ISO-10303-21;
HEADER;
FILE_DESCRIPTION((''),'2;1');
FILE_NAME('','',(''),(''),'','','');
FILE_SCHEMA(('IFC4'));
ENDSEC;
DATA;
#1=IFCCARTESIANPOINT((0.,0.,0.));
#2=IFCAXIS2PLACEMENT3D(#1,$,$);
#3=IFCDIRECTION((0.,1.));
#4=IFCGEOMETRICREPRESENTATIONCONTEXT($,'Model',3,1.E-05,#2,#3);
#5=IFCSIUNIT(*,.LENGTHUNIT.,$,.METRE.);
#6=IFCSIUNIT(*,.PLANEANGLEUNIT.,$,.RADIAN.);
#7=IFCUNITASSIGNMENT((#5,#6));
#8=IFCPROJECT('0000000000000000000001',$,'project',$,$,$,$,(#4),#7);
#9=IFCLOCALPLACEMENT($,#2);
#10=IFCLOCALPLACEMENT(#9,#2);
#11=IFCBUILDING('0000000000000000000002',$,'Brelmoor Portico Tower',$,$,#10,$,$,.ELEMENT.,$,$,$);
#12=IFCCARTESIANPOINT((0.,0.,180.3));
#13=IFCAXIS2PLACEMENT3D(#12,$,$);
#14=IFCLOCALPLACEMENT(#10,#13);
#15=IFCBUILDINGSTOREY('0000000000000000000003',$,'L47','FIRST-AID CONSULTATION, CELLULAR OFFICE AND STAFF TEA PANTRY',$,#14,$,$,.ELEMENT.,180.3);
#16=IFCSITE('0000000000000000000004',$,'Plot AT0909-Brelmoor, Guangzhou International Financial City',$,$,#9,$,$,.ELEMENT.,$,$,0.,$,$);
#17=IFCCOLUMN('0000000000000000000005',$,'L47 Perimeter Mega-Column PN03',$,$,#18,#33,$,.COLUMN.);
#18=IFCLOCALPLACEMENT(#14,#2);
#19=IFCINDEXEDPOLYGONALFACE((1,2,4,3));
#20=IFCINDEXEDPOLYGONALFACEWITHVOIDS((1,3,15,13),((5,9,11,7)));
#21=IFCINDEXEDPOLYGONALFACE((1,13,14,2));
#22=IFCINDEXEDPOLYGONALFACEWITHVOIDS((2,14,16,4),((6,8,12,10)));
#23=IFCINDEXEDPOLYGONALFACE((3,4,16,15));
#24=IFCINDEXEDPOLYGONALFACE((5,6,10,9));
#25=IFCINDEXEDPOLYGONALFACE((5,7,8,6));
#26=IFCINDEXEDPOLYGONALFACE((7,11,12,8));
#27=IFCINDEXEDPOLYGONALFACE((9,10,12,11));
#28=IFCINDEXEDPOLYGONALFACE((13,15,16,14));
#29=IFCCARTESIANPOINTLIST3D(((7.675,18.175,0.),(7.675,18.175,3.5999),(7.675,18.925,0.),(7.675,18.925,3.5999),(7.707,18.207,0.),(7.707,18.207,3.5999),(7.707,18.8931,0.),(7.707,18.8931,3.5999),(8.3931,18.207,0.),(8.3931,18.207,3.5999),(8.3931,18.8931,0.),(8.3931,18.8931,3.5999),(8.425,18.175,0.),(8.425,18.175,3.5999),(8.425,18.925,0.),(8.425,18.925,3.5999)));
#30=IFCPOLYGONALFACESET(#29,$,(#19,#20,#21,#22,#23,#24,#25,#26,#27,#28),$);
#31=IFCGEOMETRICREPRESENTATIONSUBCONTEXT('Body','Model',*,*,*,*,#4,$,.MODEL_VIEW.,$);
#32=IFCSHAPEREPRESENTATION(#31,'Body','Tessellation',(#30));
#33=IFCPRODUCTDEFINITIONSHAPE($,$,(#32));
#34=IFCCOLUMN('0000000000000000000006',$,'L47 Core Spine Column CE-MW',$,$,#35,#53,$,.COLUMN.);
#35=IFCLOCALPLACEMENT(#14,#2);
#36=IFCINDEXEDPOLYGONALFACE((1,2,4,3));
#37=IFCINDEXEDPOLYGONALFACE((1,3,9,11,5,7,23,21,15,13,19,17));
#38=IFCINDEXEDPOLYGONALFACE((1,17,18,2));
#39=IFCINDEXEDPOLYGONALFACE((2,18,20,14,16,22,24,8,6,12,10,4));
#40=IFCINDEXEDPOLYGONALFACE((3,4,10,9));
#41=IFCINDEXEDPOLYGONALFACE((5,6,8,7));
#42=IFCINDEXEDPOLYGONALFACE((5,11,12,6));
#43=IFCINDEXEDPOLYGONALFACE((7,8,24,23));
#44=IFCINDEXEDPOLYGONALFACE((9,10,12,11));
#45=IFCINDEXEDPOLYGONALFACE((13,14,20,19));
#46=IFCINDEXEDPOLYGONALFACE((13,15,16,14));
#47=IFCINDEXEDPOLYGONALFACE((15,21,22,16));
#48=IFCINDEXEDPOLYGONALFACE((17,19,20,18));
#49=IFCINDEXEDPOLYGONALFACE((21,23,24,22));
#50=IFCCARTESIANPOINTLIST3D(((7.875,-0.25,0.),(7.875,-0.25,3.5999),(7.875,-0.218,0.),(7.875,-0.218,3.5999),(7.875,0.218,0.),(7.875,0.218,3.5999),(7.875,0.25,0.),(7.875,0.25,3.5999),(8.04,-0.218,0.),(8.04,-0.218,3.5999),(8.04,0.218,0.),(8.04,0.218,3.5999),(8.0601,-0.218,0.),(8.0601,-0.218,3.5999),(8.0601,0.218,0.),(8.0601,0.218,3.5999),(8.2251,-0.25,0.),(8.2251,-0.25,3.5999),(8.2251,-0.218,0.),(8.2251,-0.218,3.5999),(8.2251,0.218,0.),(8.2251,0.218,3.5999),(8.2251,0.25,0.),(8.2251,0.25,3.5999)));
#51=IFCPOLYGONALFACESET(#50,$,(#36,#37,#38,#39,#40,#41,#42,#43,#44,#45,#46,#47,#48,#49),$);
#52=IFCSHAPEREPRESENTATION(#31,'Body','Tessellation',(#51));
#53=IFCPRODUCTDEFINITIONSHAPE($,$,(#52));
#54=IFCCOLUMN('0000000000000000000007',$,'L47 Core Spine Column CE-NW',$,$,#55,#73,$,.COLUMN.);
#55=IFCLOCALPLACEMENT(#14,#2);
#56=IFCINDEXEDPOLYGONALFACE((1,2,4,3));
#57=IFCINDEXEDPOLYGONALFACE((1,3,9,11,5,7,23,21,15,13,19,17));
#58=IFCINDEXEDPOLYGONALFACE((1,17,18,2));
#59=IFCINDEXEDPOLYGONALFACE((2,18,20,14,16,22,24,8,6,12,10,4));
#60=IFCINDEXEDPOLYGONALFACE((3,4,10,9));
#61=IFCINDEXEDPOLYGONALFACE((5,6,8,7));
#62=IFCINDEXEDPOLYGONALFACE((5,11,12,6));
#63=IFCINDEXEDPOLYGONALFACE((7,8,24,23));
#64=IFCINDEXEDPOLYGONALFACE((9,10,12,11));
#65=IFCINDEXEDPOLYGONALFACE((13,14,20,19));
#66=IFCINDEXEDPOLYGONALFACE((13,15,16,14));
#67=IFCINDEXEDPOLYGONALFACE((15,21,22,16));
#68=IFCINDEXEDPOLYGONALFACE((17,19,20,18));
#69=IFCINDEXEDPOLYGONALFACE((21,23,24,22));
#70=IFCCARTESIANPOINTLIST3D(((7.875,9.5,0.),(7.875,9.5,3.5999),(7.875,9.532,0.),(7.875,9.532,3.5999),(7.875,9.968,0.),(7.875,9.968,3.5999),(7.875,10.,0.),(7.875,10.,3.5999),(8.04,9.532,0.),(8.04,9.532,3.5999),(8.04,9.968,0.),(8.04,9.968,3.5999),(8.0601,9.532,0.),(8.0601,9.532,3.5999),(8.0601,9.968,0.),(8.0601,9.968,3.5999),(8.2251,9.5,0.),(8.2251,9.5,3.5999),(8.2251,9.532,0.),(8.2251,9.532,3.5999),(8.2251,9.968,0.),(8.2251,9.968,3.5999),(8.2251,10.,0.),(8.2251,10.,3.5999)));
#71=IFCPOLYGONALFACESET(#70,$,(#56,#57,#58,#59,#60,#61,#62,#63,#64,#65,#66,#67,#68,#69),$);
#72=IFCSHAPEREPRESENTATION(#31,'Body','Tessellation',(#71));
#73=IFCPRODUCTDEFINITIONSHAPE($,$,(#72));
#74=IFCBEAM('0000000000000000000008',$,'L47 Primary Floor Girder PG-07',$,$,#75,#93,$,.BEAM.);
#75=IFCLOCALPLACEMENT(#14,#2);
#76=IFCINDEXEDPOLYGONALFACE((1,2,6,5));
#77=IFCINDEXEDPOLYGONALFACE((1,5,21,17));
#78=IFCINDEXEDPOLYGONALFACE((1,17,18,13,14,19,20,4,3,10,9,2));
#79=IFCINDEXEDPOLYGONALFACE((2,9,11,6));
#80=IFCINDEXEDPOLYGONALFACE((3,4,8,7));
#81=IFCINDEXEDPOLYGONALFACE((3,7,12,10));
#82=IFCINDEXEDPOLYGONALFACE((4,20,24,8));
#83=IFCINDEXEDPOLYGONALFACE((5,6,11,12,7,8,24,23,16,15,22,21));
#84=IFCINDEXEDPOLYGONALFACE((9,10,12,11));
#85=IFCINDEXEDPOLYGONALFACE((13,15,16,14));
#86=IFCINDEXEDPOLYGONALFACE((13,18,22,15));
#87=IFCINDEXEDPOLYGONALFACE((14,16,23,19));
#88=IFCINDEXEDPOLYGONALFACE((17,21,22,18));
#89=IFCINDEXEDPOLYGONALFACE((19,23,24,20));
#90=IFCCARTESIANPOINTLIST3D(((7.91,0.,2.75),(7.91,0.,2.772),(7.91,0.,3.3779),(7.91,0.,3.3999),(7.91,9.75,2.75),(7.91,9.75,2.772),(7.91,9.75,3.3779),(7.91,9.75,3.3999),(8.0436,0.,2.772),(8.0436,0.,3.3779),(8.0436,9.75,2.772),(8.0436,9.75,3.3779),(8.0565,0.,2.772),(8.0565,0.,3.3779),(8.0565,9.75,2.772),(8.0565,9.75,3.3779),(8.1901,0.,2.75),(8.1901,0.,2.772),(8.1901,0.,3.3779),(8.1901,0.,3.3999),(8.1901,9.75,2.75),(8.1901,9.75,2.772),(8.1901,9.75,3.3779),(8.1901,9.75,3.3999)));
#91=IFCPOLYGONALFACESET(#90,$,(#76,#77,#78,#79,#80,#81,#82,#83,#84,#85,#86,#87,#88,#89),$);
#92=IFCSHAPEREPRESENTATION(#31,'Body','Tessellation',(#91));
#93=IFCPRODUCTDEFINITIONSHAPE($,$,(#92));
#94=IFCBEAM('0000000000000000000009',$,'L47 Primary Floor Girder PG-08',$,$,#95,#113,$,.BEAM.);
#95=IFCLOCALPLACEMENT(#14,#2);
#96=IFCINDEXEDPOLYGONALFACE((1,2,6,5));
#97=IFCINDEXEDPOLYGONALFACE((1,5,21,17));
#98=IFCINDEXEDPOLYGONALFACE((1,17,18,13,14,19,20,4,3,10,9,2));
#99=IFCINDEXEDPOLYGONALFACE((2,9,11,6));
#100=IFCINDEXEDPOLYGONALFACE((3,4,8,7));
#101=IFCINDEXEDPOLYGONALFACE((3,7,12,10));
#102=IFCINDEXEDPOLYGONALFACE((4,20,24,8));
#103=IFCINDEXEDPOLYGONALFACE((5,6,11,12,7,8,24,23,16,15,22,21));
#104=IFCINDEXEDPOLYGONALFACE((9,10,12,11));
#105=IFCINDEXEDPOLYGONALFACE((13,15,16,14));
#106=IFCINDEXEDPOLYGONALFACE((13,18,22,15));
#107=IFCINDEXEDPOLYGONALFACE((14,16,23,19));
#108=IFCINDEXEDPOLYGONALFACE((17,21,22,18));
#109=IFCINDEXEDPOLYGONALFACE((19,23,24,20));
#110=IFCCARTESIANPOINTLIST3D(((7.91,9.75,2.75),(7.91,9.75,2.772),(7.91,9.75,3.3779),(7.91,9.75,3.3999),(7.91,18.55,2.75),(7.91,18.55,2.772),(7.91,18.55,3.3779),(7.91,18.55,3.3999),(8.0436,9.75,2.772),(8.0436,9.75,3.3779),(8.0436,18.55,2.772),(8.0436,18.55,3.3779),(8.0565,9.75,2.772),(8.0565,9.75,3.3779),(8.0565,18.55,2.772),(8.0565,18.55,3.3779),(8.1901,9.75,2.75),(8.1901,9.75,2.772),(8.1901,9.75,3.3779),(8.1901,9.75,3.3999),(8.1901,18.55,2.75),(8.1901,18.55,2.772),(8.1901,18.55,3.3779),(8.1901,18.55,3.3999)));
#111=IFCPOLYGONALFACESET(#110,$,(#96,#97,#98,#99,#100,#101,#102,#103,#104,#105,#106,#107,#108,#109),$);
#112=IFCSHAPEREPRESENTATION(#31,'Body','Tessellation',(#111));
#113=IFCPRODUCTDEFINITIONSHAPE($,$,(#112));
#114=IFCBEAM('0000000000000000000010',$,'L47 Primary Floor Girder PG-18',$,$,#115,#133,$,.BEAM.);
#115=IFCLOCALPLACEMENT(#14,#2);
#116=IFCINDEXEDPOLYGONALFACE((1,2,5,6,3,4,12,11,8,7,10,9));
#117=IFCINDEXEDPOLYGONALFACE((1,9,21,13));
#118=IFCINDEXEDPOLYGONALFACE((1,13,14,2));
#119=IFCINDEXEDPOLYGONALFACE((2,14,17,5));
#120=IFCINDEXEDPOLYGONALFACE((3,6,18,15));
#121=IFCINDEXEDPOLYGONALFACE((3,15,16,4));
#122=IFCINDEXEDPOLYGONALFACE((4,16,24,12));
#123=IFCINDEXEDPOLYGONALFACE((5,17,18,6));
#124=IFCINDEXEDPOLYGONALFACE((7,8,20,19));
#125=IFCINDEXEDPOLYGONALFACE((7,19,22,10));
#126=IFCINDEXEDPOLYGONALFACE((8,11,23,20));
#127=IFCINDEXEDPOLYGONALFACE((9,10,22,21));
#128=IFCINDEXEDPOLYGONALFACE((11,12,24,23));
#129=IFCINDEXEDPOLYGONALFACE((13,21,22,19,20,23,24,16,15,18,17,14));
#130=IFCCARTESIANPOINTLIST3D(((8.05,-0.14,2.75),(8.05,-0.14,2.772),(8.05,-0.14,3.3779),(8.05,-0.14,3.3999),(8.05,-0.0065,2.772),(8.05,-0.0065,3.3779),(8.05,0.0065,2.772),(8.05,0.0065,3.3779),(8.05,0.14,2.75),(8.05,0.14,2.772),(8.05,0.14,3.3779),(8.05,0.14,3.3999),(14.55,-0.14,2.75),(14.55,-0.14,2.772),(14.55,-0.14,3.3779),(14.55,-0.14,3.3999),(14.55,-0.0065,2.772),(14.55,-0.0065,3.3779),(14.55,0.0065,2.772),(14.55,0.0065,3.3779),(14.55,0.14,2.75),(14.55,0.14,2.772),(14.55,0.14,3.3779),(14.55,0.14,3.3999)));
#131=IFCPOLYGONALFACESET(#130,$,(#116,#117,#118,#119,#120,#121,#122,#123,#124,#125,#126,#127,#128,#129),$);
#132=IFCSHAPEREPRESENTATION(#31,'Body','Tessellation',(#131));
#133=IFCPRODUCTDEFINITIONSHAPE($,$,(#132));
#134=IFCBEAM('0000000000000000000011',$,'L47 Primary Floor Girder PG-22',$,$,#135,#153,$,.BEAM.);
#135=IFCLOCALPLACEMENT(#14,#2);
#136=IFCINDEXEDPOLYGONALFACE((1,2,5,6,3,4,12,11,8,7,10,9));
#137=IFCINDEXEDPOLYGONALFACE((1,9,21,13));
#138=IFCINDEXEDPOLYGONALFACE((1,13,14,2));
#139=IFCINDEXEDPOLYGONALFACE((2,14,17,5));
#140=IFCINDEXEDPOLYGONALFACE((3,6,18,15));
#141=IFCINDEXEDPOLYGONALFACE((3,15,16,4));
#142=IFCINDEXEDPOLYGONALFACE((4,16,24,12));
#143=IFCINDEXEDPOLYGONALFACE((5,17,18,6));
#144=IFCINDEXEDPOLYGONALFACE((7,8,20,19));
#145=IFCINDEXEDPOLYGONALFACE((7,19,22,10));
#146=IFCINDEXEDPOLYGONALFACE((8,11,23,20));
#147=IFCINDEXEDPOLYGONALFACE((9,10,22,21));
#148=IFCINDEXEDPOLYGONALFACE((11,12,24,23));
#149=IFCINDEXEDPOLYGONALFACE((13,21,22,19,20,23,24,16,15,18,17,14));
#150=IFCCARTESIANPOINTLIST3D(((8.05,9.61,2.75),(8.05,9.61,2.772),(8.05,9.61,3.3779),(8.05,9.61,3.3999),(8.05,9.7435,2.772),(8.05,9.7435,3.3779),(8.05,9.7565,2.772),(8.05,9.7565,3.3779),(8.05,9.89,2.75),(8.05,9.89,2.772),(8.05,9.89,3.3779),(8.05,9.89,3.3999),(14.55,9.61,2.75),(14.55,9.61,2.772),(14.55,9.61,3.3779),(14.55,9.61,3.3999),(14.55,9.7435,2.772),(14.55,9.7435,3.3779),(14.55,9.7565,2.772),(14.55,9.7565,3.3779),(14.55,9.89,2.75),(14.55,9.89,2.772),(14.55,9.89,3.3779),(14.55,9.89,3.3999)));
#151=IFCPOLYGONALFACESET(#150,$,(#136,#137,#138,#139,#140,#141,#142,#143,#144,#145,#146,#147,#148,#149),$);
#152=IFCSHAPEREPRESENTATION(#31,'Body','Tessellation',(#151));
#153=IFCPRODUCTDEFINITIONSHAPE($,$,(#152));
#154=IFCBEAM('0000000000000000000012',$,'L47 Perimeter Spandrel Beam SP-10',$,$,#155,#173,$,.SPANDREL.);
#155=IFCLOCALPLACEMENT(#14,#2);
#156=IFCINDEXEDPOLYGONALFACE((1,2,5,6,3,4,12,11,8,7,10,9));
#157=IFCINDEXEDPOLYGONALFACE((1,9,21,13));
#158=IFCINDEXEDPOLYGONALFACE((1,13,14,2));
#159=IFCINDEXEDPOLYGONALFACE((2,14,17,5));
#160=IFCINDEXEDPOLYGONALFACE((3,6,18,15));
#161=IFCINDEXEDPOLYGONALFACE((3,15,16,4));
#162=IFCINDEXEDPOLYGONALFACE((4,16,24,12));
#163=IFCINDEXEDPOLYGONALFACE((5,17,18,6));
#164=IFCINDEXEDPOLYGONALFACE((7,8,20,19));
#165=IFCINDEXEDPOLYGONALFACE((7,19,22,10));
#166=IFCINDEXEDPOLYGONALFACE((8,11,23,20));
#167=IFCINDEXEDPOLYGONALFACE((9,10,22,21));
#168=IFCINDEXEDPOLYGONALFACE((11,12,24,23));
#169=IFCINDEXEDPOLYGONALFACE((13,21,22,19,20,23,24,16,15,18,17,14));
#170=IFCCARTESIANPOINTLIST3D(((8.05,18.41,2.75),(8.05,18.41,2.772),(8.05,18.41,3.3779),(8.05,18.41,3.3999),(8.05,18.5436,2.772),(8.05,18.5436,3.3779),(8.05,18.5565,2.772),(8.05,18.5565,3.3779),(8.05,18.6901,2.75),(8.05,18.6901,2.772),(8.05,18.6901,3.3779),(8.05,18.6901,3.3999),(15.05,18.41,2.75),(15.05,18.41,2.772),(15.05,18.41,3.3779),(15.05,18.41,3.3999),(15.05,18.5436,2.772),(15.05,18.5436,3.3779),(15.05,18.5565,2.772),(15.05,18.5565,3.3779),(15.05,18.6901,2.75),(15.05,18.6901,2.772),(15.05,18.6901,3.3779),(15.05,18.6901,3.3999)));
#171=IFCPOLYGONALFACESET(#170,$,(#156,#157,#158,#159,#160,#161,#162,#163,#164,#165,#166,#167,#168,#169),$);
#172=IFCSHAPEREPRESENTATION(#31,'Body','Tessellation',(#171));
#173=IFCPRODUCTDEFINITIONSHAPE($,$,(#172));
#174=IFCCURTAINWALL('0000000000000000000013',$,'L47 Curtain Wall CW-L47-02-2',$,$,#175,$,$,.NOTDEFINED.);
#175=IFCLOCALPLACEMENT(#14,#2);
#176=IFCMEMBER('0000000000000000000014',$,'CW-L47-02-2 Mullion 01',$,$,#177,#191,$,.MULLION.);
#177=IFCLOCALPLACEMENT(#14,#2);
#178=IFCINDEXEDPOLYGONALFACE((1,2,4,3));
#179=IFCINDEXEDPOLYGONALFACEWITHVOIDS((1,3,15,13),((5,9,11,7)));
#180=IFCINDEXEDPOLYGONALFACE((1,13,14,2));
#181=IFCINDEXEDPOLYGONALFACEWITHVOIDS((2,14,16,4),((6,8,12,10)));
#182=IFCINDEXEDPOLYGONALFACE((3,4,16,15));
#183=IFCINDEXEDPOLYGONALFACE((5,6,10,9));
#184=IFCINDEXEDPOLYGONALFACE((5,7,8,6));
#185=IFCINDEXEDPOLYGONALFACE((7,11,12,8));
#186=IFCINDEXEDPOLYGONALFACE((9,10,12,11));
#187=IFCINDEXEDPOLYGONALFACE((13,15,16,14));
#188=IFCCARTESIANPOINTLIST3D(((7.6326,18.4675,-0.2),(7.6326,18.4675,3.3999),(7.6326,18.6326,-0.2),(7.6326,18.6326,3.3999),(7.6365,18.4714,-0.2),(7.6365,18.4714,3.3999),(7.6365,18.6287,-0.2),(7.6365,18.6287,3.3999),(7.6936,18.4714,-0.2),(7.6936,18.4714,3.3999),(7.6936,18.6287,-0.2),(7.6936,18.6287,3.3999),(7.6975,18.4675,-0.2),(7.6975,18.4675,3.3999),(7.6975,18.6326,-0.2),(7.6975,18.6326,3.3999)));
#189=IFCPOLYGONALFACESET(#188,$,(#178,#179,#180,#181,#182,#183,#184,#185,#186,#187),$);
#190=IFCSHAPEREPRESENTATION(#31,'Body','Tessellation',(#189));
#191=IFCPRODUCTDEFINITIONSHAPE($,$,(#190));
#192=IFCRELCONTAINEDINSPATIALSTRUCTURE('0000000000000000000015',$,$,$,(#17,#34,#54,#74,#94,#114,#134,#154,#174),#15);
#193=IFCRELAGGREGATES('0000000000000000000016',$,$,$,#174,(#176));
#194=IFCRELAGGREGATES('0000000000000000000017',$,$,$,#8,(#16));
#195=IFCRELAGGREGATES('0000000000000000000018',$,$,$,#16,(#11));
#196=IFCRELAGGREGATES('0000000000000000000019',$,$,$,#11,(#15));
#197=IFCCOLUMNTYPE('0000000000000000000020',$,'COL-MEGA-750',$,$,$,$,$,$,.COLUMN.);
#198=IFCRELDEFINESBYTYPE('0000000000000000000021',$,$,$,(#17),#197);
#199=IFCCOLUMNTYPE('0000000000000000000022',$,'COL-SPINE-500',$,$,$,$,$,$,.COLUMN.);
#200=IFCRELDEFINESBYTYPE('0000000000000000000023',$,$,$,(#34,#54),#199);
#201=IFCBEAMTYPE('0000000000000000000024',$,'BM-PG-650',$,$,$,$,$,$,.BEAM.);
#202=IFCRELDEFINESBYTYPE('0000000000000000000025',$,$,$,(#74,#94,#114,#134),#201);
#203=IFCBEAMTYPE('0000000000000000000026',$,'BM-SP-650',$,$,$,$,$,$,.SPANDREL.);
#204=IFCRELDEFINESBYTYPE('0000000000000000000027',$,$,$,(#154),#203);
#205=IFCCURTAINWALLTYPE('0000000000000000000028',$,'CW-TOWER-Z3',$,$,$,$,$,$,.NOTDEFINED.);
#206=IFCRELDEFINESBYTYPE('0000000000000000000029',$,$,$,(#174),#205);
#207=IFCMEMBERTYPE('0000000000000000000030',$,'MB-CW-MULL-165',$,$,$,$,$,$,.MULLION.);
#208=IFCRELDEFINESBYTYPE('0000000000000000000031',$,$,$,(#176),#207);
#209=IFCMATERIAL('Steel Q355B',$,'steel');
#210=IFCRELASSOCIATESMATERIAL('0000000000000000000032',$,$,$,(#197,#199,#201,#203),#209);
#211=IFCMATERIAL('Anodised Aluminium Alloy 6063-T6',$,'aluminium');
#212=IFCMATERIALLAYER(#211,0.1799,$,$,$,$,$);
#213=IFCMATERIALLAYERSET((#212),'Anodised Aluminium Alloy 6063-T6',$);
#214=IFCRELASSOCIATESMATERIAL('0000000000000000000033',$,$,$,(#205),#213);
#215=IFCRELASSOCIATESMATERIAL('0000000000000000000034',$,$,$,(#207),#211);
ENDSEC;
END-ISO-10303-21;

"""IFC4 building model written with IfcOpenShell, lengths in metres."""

from ifc_helpers import new_model, si_unit, direction, frame, origin, origin_2d, place, context, subcontext, project, spatial, hollow_rectangle, i_section, extrude, material, layer, layer_set, material_profile, profile_set, type_object, element, aggregate, save


model = new_model("IFC4")

# Units and contexts
model_context = context("Model", 3, precision=1e-05, world=origin(), true_north=direction((0.0, 1.0)))
body_context = subcontext(model_context, "Body", "Model", "MODEL_VIEW")
ifc_project = project(units=[si_unit("LENGTHUNIT", "METRE"), si_unit("PLANEANGLEUNIT", "RADIAN")], contexts=[model_context])

# Site, building, storey
site_placement = place(None, origin())
site = spatial("IfcSite", under=ifc_project, at=site_placement, Name="Plot AT0909-Brelmoor, Guangzhou International Financial City", CompositionType="ELEMENT", RefElevation=0.0)
building_placement = place(site_placement, origin())
building = spatial("IfcBuilding", under=site, at=building_placement, Name="Brelmoor Portico Tower", CompositionType="ELEMENT")
storey_placement = place(building_placement, frame((0.0, 0.0, 180.3)))
storey = spatial("IfcBuildingStorey", under=building, at=storey_placement, Name="L47", Description="FIRST-AID CONSULTATION, CELLULAR OFFICE AND STAFF TEA PANTRY", CompositionType="ELEMENT", Elevation=180.3)

# Columns
ifc_material_1 = material(Name="Steel Q355B", Category="steel")
ifc_material_profile_1 = material_profile(ifc_material_1, hollow_rectangle(XDim=0.75, YDim=0.75, WallThickness=0.032, at=origin_2d()), Name="BOX 750x750x32")
ifc_profile_set_1 = profile_set([ifc_material_profile_1], Name="Steel Q355B")
column_type_1 = type_object("IfcColumnType", Name="COL-MEGA-750", PredefinedType="COLUMN", material=ifc_profile_set_1)
column_placement = place(storey_placement, frame((8.05, 18.55, 0.0), z_axis=(0.0, 0.0, 1.0), x_axis=(1.0, 0.0, 0.0)))
element("IfcColumn", 1, at=column_placement, inside=storey, type_object=column_type_1, Name="L47 Perimeter Mega-Column PN03", PredefinedType="COLUMN", context=body_context, shape_type="SweptSolid", body=[
    extrude(hollow_rectangle(XDim=0.75, YDim=0.75, WallThickness=0.032, at=origin_2d()), origin(), (0.0, 0.0, 1.0), 3.5999),
])
ifc_material_profile_2 = material_profile(ifc_material_1, i_section(OverallWidth=0.3501, OverallDepth=0.5, WebThickness=0.02, FlangeThickness=0.032, at=origin_2d()), Name="HW 500x350x20x32")
ifc_profile_set_2 = profile_set([ifc_material_profile_2], Name="Steel Q355B")
column_type_2 = type_object("IfcColumnType", Name="COL-SPINE-500", PredefinedType="COLUMN", material=ifc_profile_set_2)
for number, where, z_axis, x_axis, name in (
    (2, (8.05, 0.0, 0.0), (0.0, 0.0, 1.0), (1.0, 0.0, 0.0), "L47 Core Spine Column CE-MW"),
    (3, (8.05, 9.75, 0.0), (0.0, 0.0, 1.0), (1.0, 0.0, 0.0), "L47 Core Spine Column CE-NW"),
):
    element("IfcColumn", number, at=place(storey_placement, frame(where, z_axis=z_axis, x_axis=x_axis)), inside=storey, type_object=column_type_2, Name=name, PredefinedType="COLUMN", context=body_context, shape_type="SweptSolid", body=[
        extrude(i_section(OverallWidth=0.3501, OverallDepth=0.5, WebThickness=0.02, FlangeThickness=0.032, at=origin_2d()), origin(), (0.0, 0.0, 1.0), 3.5999),
    ])

# Beams
ifc_material_profile_3 = material_profile(ifc_material_1, i_section(OverallWidth=0.28, OverallDepth=0.6499, WebThickness=0.0129, FlangeThickness=0.022, at=origin_2d()), Name="HN 650x280x13x22")
ifc_profile_set_3 = profile_set([ifc_material_profile_3], Name="Steel Q355B")
beam_type_1 = type_object("IfcBeamType", Name="BM-PG-650", PredefinedType="BEAM", material=ifc_profile_set_3)
beam_1_placement = place(storey_placement, frame((8.05, 0.0, 3.075), z_axis=(0.0, 1.0, 0.0), x_axis=(-1.0, 0.0, 0.0)))
element("IfcBeam", 4, at=beam_1_placement, inside=storey, type_object=beam_type_1, Name="L47 Primary Floor Girder PG-07", PredefinedType="BEAM", context=body_context, shape_type="SweptSolid", body=[
    extrude(i_section(OverallWidth=0.28, OverallDepth=0.6499, WebThickness=0.0129, FlangeThickness=0.022, at=origin_2d()), origin(), (0.0, 0.0, 1.0), 9.75),
])
beam_2_placement = place(storey_placement, frame((8.05, 9.75, 3.075), z_axis=(0.0, 1.0, 0.0), x_axis=(-1.0, 0.0, 0.0)))
element("IfcBeam", 5, at=beam_2_placement, inside=storey, type_object=beam_type_1, Name="L47 Primary Floor Girder PG-08", PredefinedType="BEAM", context=body_context, shape_type="SweptSolid", body=[
    extrude(i_section(OverallWidth=0.28, OverallDepth=0.6499, WebThickness=0.0129, FlangeThickness=0.022, at=origin_2d()), origin(), (0.0, 0.0, 1.0), 8.8),
])
for number, where, z_axis, x_axis, name in (
    (6, (8.05, 0.0, 3.075), (1.0, 0.0, 0.0), (0.0, 1.0, 0.0), "L47 Primary Floor Girder PG-18"),
    (7, (8.05, 9.75, 3.075), (1.0, 0.0, 0.0), (0.0, 1.0, 0.0), "L47 Primary Floor Girder PG-22"),
):
    element("IfcBeam", number, at=place(storey_placement, frame(where, z_axis=z_axis, x_axis=x_axis)), inside=storey, type_object=beam_type_1, Name=name, PredefinedType="BEAM", context=body_context, shape_type="SweptSolid", body=[
        extrude(i_section(OverallWidth=0.28, OverallDepth=0.6499, WebThickness=0.0129, FlangeThickness=0.022, at=origin_2d()), origin(), (0.0, 0.0, 1.0), 6.5),
    ])
ifc_material_profile_4 = material_profile(ifc_material_1, i_section(OverallWidth=0.28, OverallDepth=0.6499, WebThickness=0.0129, FlangeThickness=0.022, at=origin_2d()), Name="HN 650x280x13x22")
ifc_profile_set_4 = profile_set([ifc_material_profile_4], Name="Steel Q355B")
beam_type_2 = type_object("IfcBeamType", Name="BM-SP-650", PredefinedType="SPANDREL", material=ifc_profile_set_4)
beam_3_placement = place(storey_placement, frame((8.05, 18.55, 3.075), z_axis=(1.0, 0.0, 0.0), x_axis=(0.0, 1.0, 0.0)))
element("IfcBeam", 8, at=beam_3_placement, inside=storey, type_object=beam_type_2, Name="L47 Perimeter Spandrel Beam SP-10", PredefinedType="SPANDREL", context=body_context, shape_type="SweptSolid", body=[
    extrude(i_section(OverallWidth=0.28, OverallDepth=0.6499, WebThickness=0.0129, FlangeThickness=0.022, at=origin_2d()), origin(), (0.0, 0.0, 1.0), 7.0),
])

# Curtain wall, member
ifc_material_2 = material(Name="Anodised Aluminium Alloy 6063-T6", Category="aluminium")
ifc_layer_1 = layer(ifc_material_2, 0.1799)
ifc_layer_set_1 = layer_set([ifc_layer_1], Name="Anodised Aluminium Alloy 6063-T6")
curtain_wall_type_1 = type_object("IfcCurtainWallType", Name="CW-TOWER-Z3", PredefinedType="NOTDEFINED", material=ifc_layer_set_1)
curtain_wall_1_placement = place(storey_placement, origin())
curtain_wall_1 = element("IfcCurtainWall", 9, at=curtain_wall_1_placement, inside=storey, type_object=curtain_wall_type_1, Name="L47 Curtain Wall CW-L47-02-2", PredefinedType="NOTDEFINED")
ifc_material_profile_5 = material_profile(ifc_material_2, hollow_rectangle(XDim=0.0649, YDim=0.165, WallThickness=0.0039, at=origin_2d()), Name="ALU MULLION 65x165")
ifc_profile_set_5 = profile_set([ifc_material_profile_5], Name="Anodised Aluminium Alloy 6063-T6")
member_type_1 = type_object("IfcMemberType", Name="MB-CW-MULL-165", PredefinedType="MULLION", material=ifc_profile_set_5)
member_1_placement = place(storey_placement, frame((7.665, 18.55, -0.2), z_axis=(0.0, 0.0, 1.0), x_axis=(1.0, 0.0, 0.0)))
member_1 = element("IfcMember", 10, at=member_1_placement, type_object=member_type_1, Name="CW-L47-02-2 Mullion 01", PredefinedType="MULLION", context=body_context, shape_type="SweptSolid", body=[
    extrude(hollow_rectangle(XDim=0.0649, YDim=0.165, WallThickness=0.0039, at=origin_2d()), origin(), (0.0, 0.0, 1.0), 3.5999),
])

aggregate(curtain_wall_1, [member_1])

save(model, "model.ifc")
